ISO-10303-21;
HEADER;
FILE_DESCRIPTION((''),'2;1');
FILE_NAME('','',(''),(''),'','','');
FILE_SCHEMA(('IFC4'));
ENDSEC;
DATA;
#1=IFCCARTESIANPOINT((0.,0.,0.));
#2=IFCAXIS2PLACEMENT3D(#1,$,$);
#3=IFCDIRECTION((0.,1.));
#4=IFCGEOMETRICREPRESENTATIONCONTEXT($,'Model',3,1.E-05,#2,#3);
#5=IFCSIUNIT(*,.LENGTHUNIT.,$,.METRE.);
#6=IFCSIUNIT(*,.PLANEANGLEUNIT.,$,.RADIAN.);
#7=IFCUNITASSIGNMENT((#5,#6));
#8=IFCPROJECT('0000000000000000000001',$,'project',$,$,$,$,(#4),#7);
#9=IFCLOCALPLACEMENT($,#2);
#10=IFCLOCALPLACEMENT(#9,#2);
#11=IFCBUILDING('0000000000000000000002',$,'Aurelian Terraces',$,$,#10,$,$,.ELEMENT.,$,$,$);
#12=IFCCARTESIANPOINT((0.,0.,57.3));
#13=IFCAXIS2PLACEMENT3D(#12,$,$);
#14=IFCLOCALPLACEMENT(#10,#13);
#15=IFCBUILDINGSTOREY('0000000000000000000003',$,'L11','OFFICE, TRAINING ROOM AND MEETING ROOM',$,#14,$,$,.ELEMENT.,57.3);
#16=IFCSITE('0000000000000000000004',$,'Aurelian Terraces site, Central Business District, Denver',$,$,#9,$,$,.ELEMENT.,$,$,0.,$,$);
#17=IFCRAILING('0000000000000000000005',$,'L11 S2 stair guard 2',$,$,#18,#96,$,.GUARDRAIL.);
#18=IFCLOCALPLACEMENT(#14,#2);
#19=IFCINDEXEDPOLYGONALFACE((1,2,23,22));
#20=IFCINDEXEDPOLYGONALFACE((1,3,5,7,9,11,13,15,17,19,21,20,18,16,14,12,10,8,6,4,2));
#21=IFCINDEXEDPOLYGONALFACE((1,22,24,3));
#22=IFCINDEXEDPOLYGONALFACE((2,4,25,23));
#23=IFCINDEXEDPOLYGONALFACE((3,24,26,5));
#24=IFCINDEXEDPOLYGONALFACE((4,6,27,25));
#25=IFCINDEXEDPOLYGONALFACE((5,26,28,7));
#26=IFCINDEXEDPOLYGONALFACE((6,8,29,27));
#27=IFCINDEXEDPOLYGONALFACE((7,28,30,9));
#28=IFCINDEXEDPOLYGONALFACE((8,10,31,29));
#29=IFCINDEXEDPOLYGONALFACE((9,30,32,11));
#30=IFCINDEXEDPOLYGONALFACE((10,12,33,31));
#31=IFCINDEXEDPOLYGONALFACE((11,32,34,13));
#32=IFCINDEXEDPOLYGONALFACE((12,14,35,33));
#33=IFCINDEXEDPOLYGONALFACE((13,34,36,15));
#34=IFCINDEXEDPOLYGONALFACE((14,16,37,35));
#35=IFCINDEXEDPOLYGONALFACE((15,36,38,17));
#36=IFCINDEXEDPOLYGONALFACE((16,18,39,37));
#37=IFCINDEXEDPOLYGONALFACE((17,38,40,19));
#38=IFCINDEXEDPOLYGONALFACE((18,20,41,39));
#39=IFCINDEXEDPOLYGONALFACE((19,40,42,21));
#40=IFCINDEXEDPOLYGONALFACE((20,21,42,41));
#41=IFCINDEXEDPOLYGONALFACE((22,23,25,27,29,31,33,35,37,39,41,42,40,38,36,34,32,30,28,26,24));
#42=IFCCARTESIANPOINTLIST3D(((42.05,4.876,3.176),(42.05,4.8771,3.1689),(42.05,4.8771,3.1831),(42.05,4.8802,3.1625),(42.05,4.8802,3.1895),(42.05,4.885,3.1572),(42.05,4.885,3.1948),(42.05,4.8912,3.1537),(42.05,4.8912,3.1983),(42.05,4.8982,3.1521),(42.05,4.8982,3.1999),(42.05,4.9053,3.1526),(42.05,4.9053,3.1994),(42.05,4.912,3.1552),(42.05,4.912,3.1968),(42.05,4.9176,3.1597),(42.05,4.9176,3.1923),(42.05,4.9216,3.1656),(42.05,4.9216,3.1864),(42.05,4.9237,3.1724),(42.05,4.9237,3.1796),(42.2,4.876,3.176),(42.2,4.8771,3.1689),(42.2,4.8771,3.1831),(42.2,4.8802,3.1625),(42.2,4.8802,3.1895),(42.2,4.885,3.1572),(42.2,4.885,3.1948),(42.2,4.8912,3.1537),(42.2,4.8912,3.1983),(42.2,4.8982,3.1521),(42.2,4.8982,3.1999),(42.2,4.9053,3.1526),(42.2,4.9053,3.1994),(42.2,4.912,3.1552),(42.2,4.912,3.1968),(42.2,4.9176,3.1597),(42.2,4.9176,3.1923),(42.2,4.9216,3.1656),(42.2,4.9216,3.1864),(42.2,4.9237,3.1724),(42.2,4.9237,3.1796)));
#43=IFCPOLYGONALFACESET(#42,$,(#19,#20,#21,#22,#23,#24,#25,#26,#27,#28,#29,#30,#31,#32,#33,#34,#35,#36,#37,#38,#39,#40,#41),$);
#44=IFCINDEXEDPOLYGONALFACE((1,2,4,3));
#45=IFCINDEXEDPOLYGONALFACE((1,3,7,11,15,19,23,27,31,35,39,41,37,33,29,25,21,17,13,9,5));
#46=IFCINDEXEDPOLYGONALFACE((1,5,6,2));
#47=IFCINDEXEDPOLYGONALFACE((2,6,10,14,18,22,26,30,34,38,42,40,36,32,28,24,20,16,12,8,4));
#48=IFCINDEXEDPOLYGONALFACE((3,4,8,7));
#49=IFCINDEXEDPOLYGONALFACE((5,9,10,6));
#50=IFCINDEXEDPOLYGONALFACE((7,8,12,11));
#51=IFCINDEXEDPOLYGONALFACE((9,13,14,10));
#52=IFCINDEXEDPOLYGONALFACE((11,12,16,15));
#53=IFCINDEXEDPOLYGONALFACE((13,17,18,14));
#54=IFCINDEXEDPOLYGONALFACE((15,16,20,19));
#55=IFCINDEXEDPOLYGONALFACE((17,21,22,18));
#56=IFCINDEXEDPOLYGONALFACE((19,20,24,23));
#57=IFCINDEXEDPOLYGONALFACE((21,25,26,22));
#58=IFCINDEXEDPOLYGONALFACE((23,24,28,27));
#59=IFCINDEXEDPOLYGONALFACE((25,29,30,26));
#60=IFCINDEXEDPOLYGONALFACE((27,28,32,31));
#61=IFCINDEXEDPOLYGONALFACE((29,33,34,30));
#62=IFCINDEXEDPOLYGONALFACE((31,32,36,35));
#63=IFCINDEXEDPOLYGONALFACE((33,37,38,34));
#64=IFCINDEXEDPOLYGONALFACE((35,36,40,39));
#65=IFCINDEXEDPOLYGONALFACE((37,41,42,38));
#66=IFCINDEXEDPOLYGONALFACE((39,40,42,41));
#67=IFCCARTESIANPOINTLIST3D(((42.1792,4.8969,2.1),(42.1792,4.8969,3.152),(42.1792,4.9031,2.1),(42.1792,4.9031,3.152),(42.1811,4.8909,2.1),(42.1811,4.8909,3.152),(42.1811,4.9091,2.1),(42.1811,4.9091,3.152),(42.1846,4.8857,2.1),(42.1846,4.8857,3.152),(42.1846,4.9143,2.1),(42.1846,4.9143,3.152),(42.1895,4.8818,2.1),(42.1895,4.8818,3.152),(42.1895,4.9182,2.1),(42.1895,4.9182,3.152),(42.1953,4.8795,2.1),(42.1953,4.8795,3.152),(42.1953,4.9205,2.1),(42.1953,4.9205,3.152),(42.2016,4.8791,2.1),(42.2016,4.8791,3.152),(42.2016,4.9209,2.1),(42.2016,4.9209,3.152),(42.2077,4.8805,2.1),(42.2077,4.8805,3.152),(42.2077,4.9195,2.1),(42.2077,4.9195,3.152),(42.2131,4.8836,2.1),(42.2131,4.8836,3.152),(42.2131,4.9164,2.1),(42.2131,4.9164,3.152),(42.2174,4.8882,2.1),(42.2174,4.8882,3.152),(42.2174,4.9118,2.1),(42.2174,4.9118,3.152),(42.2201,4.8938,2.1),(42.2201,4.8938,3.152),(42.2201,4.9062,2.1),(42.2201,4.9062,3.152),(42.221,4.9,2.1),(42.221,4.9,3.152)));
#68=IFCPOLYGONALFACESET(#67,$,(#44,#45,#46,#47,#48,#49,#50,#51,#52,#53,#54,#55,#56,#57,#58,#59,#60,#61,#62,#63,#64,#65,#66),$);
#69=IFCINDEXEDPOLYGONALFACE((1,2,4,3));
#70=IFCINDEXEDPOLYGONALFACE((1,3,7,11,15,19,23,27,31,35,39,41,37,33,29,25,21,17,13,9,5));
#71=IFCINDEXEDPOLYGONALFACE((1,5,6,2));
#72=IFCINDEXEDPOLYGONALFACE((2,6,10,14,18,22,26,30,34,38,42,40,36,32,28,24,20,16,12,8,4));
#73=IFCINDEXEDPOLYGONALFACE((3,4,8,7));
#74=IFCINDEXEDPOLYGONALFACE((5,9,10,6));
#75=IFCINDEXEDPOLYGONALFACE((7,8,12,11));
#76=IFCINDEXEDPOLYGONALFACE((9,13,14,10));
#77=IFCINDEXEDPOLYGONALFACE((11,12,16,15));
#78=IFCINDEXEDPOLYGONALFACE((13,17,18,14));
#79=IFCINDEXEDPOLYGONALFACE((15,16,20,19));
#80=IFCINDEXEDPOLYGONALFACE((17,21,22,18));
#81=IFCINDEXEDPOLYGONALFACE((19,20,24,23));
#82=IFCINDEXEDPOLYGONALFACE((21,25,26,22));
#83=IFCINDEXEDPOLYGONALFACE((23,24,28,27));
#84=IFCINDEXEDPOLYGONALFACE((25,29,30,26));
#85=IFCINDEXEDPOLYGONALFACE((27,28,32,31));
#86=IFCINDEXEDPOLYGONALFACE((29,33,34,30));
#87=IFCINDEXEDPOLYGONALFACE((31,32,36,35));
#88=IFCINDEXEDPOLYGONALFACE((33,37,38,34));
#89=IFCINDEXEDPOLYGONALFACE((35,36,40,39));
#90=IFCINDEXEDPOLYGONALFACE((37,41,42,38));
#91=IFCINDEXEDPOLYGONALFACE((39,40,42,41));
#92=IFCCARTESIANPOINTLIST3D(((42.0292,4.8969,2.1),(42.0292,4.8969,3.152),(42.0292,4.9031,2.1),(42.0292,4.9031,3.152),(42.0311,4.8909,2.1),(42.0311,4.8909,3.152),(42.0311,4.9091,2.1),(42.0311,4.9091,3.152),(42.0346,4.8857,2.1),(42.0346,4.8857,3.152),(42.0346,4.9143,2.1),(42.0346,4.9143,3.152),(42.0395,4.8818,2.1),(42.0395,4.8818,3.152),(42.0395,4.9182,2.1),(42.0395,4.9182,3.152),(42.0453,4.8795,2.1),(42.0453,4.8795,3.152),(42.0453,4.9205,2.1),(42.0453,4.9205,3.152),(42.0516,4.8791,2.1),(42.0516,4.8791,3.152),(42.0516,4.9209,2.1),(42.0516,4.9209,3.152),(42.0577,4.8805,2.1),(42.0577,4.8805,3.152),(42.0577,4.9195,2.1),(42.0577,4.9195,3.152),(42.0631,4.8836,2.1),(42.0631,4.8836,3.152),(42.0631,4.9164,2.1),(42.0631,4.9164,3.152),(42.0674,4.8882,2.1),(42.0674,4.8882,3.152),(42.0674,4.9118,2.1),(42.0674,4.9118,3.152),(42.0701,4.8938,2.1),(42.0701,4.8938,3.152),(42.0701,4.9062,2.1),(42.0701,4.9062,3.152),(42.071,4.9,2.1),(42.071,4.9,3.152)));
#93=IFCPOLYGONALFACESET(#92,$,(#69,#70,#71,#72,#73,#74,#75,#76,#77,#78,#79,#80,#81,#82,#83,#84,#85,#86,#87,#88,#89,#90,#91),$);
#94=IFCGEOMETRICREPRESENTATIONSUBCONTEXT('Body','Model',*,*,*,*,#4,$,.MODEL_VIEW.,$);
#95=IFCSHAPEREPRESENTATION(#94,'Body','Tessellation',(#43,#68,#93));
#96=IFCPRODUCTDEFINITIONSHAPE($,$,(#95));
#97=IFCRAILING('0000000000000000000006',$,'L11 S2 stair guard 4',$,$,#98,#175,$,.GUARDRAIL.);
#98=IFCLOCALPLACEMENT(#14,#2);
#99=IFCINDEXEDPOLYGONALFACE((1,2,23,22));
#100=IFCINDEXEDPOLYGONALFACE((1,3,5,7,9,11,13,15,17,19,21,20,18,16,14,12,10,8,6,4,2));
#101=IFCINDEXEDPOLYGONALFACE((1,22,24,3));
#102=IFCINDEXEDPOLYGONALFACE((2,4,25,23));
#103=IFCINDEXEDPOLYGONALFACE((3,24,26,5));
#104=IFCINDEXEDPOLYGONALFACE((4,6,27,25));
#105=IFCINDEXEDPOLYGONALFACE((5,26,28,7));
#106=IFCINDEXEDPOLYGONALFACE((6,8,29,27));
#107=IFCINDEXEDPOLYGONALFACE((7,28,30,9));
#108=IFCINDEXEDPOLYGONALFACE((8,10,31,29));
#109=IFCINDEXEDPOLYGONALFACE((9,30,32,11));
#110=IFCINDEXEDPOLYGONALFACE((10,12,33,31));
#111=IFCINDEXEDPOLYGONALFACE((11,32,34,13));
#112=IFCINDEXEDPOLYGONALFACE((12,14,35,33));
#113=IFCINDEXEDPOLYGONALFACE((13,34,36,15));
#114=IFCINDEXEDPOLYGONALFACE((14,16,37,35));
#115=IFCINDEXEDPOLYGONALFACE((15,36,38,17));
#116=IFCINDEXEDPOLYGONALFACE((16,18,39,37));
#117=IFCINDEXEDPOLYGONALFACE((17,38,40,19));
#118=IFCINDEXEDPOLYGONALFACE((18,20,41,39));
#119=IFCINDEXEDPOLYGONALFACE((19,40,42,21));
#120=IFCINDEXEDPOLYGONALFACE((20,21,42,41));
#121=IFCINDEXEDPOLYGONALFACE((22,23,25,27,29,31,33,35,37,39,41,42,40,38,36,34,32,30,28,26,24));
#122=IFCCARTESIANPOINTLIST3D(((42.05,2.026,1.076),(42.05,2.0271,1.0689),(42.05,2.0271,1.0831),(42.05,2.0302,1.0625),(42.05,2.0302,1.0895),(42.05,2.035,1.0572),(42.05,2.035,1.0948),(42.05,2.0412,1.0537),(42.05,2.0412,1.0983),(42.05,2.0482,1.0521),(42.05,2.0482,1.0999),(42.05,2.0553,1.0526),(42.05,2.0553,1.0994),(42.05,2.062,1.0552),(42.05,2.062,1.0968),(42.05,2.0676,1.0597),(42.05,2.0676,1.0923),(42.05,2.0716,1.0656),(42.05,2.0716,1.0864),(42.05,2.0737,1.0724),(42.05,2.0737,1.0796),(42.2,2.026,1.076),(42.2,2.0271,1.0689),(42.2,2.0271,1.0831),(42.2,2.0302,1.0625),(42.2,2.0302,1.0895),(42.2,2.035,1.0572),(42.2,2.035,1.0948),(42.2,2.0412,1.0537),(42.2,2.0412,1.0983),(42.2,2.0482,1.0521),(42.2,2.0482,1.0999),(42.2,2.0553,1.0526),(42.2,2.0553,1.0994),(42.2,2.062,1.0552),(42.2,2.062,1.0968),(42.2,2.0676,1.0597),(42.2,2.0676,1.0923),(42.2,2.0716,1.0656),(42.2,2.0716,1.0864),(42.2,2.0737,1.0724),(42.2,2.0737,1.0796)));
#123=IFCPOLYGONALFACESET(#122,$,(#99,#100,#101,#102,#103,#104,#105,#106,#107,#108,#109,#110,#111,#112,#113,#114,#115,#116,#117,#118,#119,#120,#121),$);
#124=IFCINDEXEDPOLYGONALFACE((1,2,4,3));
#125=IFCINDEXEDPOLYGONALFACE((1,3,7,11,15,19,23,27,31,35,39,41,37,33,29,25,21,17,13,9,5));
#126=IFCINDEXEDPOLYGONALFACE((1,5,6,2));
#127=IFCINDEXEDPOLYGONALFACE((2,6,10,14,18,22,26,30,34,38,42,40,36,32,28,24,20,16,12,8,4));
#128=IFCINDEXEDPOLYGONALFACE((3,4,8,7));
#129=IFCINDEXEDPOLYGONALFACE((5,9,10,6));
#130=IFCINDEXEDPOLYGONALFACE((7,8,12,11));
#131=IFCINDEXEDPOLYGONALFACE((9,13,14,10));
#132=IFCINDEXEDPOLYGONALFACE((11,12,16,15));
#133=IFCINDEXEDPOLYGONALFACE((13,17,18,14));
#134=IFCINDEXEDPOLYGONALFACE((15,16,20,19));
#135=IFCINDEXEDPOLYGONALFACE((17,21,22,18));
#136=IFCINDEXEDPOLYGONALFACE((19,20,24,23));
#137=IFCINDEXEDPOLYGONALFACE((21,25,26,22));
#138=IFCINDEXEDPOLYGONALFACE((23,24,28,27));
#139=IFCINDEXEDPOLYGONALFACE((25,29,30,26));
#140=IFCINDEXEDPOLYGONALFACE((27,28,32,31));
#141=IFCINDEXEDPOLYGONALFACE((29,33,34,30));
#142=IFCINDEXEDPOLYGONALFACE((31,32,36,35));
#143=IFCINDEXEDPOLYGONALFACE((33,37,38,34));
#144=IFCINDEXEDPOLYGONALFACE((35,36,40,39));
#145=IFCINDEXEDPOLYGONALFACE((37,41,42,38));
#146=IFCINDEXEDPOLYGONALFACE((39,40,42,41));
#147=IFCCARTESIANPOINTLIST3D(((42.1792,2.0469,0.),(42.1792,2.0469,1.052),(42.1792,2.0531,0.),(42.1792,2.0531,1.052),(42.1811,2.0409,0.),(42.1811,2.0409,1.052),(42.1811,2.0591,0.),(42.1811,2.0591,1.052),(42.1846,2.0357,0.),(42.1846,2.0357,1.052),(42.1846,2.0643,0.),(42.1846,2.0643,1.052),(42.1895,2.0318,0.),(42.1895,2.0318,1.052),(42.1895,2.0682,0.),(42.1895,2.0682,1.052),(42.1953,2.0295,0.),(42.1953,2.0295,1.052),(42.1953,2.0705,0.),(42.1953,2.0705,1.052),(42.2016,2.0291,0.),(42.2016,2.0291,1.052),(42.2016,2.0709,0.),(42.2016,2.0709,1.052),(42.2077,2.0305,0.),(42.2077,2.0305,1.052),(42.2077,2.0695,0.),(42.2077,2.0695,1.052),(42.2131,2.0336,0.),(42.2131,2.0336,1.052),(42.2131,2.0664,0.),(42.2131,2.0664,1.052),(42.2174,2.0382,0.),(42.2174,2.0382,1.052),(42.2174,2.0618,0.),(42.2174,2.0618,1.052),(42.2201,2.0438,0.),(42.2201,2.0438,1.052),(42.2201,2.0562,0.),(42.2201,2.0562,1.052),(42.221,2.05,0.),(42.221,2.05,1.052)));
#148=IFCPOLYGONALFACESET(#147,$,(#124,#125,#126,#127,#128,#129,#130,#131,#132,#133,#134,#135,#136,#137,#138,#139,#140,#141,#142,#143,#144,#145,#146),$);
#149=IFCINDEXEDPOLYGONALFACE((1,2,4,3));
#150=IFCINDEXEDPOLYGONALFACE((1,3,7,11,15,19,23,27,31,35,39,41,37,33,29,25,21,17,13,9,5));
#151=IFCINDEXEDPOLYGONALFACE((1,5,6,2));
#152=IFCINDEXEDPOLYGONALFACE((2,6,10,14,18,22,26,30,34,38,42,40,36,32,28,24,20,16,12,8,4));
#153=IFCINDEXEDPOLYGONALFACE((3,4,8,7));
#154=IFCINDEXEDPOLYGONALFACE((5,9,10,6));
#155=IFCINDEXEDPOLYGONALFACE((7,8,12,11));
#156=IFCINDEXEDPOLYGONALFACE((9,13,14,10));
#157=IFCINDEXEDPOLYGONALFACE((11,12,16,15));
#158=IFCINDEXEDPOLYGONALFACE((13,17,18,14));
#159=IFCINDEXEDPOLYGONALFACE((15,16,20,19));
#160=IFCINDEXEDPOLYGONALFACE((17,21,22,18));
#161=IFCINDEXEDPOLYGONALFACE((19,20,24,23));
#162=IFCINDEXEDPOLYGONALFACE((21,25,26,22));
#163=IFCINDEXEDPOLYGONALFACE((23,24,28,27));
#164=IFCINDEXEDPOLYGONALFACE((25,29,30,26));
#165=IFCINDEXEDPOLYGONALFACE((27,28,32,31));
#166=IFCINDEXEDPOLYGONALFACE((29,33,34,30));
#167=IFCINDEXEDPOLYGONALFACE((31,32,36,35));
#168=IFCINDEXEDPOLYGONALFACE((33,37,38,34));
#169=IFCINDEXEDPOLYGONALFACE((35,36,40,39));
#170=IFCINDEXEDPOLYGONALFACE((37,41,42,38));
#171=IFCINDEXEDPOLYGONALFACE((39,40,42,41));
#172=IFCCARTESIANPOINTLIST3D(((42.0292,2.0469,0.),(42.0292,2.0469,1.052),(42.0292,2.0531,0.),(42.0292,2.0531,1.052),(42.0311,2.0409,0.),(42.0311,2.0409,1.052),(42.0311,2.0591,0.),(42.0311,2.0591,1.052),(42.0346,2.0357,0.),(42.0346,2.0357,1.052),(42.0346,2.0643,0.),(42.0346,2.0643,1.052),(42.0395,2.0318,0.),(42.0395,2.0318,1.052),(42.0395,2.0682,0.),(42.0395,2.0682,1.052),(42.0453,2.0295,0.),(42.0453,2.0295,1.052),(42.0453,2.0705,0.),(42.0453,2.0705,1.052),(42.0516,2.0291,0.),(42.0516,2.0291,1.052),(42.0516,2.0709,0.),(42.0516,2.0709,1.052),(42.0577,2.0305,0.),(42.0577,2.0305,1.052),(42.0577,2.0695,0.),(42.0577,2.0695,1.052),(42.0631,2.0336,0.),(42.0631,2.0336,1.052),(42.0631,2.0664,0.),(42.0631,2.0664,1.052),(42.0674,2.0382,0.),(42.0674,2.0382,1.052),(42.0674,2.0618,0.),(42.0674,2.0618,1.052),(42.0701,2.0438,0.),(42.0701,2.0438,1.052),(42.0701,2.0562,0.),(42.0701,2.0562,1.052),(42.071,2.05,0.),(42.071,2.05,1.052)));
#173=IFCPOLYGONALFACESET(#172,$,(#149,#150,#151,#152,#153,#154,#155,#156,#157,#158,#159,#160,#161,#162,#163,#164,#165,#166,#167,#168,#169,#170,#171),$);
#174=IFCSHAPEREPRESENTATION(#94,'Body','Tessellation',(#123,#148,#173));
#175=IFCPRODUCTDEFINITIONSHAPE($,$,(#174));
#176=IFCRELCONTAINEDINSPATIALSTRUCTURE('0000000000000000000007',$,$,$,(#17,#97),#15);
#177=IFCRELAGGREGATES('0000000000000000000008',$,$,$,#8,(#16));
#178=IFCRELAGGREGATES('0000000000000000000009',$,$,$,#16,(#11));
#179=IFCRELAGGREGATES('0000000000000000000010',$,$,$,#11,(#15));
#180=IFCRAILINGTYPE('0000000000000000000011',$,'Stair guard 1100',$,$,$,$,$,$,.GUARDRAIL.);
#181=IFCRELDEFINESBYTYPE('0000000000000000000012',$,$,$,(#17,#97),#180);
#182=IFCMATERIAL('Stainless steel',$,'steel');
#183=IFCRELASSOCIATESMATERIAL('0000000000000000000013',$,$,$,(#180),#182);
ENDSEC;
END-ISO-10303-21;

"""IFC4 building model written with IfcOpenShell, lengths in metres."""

from ifc_helpers import new_model, si_unit, direction, frame, origin, origin_2d, place, context, subcontext, project, spatial, circle, extrude, source, transform, mapped, material, type_object, element, save


model = new_model("IFC4")

# Units and contexts
model_context = context("Model", 3, precision=1e-05, world=origin(), true_north=direction((0.0, 1.0)))
body_context = subcontext(model_context, "Body", "Model", "MODEL_VIEW")
ifc_project = project(units=[si_unit("LENGTHUNIT", "METRE"), si_unit("PLANEANGLEUNIT", "RADIAN")], contexts=[model_context])

# Site, building, storey
site_placement = place(None, origin())
site = spatial("IfcSite", under=ifc_project, at=site_placement, Name="Aurelian Terraces site, Central Business District, Denver", CompositionType="ELEMENT", RefElevation=0.0)
building_placement = place(site_placement, origin())
building = spatial("IfcBuilding", under=site, at=building_placement, Name="Aurelian Terraces", CompositionType="ELEMENT")
storey_placement = place(building_placement, frame((0.0, 0.0, 57.3)))
storey = spatial("IfcBuildingStorey", under=building, at=storey_placement, Name="L11", Description="OFFICE, TRAINING ROOM AND MEETING ROOM", CompositionType="ELEMENT", Elevation=57.3)

# Railings
ifc_material_1 = material(Name="Stainless steel", Category="steel")
railing_type_1 = type_object("IfcRailingType", Name="Stair guard 1100", PredefinedType="GUARDRAIL", material=ifc_material_1)
shared_shape_1 = source(origin(), body_context, "Body", "SweptSolid", [
    extrude(circle(Radius=0.024, at=origin_2d()), frame((0.0, 0.0, 1.076), z_axis=(-1.0, 0.0, 0.0), x_axis=(0.0, -1.0, 0.0)), (0.0, 0.0, 1.0), 0.15),
    extrude(circle(Radius=0.021, at=origin_2d()), origin(), (0.0, 0.0, 1.0), 1.052),
    extrude(circle(Radius=0.021, at=origin_2d()), frame((-0.15, 0.0, 0.0)), (0.0, 0.0, 1.0), 1.052),
])
for number, where, name in (
    (1, (42.2, 4.9, 2.1), "L11 S2 stair guard 2"),
    (2, (42.2, 2.05, 0.0), "L11 S2 stair guard 4"),
):
    element("IfcRailing", number, at=place(storey_placement, frame(where)), inside=storey, type_object=railing_type_1, Name=name, PredefinedType="GUARDRAIL", context=body_context, shape_type="MappedRepresentation", body=[
        mapped(shared_shape_1, transform((0.0, 0.0, 0.0), scale=1.0)),
    ])

save(model, "model.ifc")
